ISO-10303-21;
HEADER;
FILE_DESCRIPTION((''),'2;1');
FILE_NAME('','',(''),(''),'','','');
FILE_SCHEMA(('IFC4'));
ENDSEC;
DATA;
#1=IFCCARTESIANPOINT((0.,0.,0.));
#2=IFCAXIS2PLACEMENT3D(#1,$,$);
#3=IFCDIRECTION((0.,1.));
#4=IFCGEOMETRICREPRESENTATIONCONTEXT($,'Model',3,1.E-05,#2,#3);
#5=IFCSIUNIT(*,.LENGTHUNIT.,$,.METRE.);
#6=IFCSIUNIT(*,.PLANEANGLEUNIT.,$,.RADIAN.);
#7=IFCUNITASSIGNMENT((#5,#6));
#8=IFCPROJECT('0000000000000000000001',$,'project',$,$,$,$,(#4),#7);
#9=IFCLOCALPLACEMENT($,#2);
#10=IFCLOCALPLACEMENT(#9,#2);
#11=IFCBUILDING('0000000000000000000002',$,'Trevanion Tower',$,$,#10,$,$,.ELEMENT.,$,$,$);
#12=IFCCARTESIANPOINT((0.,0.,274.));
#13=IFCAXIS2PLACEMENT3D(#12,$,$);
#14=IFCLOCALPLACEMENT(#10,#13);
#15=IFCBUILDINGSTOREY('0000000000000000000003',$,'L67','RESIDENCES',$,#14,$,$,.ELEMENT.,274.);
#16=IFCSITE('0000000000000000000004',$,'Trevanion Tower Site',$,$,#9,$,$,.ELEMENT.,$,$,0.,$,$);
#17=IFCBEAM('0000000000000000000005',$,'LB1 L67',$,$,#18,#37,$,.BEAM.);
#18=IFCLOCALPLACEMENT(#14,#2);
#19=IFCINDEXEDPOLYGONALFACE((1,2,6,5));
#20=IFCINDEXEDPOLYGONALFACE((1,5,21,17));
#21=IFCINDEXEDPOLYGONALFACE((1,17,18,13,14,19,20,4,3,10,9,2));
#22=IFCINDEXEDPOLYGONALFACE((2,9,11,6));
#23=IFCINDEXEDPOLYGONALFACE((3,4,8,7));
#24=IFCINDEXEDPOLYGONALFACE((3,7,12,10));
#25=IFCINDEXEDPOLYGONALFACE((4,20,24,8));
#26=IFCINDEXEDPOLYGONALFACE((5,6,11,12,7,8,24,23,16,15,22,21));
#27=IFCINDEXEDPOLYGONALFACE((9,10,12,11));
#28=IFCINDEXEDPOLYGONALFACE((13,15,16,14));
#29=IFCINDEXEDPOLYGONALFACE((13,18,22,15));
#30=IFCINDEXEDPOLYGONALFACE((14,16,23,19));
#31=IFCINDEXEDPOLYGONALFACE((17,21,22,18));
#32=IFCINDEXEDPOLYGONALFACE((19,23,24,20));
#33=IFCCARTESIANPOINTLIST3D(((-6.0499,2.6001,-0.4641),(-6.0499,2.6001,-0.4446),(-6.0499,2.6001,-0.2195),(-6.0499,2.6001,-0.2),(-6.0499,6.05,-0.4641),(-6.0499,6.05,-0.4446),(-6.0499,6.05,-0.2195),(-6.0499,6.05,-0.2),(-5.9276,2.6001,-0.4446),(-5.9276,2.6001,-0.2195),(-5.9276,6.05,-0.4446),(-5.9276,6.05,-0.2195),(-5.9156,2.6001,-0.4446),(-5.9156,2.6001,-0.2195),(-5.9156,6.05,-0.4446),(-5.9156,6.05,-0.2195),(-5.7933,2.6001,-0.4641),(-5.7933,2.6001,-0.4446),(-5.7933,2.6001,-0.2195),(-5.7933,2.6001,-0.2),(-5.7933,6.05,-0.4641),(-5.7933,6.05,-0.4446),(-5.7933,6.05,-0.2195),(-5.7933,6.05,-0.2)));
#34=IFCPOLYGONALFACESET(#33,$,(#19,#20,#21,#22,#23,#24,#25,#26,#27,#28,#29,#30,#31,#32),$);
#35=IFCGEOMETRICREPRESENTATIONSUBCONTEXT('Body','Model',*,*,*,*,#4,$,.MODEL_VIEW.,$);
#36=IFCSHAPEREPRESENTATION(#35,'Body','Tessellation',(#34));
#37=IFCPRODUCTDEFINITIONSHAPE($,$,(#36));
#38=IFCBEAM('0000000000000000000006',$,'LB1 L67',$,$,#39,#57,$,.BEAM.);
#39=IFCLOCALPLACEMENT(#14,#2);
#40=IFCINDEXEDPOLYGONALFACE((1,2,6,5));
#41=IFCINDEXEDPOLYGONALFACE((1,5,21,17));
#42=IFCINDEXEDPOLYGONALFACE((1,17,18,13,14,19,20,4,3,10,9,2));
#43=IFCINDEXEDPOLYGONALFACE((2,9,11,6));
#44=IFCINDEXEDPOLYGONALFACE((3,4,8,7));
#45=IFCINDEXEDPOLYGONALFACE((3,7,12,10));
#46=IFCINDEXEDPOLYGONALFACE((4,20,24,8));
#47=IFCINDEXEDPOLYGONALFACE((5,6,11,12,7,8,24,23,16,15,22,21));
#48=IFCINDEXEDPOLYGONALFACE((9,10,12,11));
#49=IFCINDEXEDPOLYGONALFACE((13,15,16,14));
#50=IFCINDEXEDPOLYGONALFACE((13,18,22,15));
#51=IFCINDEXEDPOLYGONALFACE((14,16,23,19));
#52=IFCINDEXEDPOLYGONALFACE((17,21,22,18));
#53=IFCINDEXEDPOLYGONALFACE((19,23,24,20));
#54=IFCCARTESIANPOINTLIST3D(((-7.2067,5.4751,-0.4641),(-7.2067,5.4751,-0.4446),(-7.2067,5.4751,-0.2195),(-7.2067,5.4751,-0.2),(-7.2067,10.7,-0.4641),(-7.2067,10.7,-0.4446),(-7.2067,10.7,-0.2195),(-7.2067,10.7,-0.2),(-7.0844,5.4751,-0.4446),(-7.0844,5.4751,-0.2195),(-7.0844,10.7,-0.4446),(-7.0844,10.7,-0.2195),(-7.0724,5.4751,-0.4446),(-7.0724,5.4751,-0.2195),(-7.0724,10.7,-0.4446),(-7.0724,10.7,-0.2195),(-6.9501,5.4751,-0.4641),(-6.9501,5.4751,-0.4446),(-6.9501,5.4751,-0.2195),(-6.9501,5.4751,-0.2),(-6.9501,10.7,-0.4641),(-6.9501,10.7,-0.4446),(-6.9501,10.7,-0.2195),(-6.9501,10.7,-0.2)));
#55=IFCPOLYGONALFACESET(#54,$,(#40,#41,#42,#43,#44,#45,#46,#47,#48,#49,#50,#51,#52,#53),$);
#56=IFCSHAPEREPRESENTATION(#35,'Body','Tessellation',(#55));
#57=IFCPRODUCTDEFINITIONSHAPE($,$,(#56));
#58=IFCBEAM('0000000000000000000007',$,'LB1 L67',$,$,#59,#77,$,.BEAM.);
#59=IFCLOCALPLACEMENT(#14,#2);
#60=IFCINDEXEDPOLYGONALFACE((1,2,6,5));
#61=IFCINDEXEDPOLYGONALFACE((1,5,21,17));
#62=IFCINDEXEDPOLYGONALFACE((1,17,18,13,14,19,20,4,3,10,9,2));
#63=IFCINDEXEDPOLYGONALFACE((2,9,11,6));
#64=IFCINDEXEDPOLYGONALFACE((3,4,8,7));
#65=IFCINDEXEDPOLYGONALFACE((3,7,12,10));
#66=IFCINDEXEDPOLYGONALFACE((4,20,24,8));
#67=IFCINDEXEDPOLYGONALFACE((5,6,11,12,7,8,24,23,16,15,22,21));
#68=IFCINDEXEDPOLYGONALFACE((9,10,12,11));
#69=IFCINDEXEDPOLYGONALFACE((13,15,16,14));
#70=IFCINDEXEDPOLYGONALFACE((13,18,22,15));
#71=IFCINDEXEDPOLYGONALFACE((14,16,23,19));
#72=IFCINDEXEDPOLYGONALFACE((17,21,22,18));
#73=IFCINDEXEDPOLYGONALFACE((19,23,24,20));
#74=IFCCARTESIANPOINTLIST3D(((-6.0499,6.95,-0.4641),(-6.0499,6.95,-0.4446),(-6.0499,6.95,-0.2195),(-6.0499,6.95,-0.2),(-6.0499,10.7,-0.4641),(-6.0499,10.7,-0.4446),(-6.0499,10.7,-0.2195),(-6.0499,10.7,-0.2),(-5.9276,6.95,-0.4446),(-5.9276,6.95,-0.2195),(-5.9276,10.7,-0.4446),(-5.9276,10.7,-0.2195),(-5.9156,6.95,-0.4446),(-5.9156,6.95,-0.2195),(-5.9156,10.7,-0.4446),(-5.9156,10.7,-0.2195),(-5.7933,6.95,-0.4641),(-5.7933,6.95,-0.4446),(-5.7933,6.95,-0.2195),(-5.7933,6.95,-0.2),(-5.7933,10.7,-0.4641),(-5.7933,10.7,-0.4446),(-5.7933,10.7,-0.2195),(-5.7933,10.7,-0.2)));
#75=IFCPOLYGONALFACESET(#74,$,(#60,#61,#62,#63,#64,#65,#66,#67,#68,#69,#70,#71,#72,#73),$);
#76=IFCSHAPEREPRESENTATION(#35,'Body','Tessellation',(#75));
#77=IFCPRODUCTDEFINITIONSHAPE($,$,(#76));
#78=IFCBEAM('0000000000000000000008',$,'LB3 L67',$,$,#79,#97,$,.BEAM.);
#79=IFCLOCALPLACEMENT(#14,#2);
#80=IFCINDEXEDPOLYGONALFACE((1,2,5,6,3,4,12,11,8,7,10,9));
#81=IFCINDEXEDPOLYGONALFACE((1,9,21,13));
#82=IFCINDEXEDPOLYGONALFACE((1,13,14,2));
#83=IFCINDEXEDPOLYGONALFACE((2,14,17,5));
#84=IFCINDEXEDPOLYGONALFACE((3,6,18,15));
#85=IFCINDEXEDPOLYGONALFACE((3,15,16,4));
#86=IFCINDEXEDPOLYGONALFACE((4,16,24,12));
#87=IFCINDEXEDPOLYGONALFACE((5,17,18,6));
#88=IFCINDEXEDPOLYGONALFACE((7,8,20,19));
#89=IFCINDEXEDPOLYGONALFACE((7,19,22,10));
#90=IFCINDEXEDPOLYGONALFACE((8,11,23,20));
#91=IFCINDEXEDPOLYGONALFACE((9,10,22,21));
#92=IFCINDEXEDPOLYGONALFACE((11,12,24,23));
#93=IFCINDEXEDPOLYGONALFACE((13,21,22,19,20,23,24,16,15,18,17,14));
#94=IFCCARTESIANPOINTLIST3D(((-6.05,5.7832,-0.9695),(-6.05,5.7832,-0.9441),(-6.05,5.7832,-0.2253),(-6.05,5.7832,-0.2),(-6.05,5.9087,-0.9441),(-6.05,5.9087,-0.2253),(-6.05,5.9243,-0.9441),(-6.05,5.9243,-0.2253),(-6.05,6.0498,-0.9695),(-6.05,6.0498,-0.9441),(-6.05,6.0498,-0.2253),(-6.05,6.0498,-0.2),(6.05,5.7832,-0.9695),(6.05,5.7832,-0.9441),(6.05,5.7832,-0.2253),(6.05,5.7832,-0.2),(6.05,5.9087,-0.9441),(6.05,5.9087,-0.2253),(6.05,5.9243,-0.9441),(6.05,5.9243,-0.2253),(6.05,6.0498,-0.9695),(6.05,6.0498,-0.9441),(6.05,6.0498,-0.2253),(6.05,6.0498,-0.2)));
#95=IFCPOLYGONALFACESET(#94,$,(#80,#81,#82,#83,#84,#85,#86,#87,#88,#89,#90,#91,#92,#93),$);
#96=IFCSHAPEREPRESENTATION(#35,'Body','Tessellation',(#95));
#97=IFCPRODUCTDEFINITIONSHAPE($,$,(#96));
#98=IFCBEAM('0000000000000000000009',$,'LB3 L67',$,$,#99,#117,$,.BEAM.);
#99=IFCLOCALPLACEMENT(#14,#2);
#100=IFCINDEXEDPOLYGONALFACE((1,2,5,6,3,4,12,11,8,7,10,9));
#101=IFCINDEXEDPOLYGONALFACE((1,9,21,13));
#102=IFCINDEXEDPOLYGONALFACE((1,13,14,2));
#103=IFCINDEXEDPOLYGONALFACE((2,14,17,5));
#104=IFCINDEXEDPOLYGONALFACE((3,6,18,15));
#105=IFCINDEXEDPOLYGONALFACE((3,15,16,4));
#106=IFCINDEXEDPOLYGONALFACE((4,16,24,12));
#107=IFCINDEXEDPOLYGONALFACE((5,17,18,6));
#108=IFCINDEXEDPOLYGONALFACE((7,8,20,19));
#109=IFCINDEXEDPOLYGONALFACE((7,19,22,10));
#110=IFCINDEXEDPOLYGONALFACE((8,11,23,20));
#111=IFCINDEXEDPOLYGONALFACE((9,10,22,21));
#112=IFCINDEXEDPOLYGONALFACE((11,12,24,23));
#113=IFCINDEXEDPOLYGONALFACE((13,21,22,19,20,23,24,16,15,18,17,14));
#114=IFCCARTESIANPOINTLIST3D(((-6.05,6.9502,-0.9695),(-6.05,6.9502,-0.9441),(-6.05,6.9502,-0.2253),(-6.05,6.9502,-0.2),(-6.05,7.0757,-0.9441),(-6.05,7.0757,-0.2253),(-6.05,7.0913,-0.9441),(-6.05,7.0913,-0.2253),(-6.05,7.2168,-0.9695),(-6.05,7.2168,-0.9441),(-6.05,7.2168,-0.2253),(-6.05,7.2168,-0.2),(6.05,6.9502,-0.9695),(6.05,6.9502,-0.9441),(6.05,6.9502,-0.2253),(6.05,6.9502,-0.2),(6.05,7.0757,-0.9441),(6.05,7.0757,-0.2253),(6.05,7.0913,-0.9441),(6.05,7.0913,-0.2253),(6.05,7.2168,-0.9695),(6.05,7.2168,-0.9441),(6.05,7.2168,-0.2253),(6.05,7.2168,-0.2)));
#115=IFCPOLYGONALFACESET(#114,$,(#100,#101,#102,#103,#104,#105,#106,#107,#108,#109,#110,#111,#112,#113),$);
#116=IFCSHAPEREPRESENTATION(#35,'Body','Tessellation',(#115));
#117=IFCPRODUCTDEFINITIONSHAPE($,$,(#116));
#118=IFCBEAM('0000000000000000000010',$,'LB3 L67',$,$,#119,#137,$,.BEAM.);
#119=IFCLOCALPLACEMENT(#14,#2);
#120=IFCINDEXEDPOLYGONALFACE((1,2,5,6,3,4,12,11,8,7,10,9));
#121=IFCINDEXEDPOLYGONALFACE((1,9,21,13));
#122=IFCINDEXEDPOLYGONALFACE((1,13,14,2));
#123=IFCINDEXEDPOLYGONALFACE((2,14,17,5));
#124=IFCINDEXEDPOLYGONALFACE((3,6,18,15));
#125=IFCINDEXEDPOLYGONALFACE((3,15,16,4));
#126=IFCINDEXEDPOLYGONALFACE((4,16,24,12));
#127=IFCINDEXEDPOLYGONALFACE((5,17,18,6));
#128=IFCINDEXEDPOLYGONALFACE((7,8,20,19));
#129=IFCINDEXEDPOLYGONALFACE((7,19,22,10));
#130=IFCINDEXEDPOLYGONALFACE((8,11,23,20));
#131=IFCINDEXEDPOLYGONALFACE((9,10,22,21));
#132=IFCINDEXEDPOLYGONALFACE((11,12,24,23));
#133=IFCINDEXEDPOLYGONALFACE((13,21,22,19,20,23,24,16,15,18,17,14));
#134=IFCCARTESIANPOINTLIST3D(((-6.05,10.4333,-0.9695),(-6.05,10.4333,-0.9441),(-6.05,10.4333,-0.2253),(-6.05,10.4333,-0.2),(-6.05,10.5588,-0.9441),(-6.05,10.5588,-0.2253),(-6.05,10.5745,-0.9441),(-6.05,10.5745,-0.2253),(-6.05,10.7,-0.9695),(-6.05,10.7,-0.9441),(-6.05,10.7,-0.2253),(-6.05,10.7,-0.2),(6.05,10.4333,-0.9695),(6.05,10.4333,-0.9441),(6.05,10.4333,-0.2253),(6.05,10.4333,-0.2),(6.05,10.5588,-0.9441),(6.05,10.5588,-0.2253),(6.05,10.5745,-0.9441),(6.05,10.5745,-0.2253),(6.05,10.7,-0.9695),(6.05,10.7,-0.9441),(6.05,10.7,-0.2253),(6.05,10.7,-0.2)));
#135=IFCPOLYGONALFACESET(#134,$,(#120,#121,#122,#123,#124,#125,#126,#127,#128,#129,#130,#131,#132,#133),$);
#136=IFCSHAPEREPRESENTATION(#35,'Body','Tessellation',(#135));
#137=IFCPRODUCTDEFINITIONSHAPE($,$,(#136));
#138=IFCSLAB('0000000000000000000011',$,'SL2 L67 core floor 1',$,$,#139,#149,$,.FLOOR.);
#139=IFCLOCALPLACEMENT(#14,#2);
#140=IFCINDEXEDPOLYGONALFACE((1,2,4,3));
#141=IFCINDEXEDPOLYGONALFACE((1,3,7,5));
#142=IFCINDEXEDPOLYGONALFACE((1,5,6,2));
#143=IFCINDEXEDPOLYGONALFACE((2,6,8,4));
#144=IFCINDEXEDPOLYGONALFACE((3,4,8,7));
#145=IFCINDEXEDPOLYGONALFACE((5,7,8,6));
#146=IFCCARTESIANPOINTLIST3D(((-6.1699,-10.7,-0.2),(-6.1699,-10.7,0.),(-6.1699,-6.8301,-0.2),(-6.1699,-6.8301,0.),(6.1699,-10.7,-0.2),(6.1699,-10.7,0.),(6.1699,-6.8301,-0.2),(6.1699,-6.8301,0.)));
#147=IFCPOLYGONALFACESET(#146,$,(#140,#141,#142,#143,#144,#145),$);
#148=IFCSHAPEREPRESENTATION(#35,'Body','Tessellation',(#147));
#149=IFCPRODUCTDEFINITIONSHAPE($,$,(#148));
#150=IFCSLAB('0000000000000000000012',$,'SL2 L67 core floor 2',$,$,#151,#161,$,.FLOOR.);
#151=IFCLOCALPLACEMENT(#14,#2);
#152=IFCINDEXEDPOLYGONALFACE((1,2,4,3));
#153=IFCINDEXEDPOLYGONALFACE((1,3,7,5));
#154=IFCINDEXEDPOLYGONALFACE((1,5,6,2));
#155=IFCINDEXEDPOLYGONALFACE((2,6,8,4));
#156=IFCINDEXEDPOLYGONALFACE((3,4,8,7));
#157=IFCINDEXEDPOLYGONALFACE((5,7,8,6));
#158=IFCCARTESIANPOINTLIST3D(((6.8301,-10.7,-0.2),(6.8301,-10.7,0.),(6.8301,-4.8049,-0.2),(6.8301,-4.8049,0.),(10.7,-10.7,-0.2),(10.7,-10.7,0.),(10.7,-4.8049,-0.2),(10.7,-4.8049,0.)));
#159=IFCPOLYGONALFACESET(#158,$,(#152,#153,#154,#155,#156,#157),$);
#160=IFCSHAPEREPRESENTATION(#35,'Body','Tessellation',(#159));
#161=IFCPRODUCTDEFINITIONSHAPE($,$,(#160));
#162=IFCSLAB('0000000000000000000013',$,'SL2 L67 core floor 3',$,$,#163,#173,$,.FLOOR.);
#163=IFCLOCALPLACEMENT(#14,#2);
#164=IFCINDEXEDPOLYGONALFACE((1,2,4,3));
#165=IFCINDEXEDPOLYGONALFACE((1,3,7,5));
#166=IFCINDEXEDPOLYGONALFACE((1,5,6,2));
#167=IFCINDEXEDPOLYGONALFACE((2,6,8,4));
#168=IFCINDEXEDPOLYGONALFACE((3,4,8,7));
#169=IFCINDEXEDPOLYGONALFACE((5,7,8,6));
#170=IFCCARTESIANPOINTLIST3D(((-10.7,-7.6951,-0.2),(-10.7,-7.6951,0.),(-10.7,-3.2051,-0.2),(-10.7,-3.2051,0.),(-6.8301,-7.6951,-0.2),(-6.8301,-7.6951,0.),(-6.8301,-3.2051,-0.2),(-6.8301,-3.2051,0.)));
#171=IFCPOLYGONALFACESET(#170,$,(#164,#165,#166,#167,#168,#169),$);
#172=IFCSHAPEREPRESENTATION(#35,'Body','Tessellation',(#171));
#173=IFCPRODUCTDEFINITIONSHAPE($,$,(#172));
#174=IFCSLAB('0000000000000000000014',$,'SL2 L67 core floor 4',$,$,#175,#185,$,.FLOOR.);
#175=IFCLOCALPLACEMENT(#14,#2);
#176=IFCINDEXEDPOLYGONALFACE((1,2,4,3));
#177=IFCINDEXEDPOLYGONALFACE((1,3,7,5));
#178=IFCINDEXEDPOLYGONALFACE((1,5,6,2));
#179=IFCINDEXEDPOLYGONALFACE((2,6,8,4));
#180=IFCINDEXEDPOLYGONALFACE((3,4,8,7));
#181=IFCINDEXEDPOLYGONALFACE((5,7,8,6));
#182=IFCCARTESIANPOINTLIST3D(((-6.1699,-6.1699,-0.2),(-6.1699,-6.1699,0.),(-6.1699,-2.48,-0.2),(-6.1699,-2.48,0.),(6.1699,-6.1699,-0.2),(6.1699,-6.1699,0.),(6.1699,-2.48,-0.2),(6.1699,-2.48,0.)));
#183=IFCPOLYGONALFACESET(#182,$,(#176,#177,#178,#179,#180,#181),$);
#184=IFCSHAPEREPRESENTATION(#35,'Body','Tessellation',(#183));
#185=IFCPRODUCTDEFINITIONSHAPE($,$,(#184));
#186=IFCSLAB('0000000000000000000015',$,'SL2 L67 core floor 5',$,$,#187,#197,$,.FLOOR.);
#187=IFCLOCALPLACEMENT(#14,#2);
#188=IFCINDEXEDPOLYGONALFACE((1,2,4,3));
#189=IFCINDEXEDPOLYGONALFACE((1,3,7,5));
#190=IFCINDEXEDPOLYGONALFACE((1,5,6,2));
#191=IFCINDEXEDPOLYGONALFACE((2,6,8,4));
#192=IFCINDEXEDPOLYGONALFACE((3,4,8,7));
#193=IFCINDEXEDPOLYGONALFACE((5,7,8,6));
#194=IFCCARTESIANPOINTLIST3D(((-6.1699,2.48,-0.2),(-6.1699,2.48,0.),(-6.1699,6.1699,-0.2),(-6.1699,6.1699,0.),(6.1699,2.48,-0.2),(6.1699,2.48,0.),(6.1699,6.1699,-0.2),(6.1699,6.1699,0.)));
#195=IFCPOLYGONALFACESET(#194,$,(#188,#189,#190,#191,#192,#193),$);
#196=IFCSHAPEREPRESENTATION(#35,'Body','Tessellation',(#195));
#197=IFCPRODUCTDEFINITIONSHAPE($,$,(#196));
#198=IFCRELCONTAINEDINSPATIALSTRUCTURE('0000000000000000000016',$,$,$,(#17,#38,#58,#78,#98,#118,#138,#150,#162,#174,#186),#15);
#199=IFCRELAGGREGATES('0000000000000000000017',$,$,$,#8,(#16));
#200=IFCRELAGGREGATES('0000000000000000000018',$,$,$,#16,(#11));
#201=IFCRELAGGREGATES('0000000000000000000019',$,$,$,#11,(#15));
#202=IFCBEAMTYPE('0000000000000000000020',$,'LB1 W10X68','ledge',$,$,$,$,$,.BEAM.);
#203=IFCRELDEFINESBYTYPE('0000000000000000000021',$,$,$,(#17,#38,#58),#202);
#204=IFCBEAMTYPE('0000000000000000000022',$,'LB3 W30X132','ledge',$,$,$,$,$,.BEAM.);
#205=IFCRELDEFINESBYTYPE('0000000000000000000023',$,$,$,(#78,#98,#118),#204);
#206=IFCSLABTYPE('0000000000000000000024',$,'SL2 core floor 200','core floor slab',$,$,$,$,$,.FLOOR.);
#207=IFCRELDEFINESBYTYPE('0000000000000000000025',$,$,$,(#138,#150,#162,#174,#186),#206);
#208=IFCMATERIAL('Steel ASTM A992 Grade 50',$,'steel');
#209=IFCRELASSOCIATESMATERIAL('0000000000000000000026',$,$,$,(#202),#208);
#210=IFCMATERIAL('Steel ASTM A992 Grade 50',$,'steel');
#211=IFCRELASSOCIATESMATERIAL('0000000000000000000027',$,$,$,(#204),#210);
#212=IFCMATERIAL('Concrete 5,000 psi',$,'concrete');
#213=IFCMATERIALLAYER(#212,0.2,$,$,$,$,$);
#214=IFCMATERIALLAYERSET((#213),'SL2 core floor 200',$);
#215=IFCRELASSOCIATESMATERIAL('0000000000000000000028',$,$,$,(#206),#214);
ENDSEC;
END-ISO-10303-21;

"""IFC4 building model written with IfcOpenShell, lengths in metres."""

from ifc_helpers import new_model, si_unit, direction, frame, origin, origin_2d, place, context, subcontext, project, spatial, polyline, i_section, outline, extrude, material, layer, layer_set, material_profile, profile_set, type_object, element, save


model = new_model("IFC4")

# Units and contexts
model_context = context("Model", 3, precision=1e-05, world=origin(), true_north=direction((0.0, 1.0)))
body_context = subcontext(model_context, "Body", "Model", "MODEL_VIEW")
ifc_project = project(units=[si_unit("LENGTHUNIT", "METRE"), si_unit("PLANEANGLEUNIT", "RADIAN")], contexts=[model_context])

# Site, building, storey
site_placement = place(None, origin())
site = spatial("IfcSite", under=ifc_project, at=site_placement, Name="Trevanion Tower Site", CompositionType="ELEMENT", RefElevation=0.0)
building_placement = place(site_placement, origin())
building = spatial("IfcBuilding", under=site, at=building_placement, Name="Trevanion Tower", CompositionType="ELEMENT")
storey_placement = place(building_placement, frame((0.0, 0.0, 274.0)))
storey = spatial("IfcBuildingStorey", under=building, at=storey_placement, Name="L67", Description="RESIDENCES", CompositionType="ELEMENT", Elevation=274.0)

# Beams
ifc_material_1 = material(Name="Steel ASTM A992 Grade 50", Category="steel")
ifc_material_profile_1 = material_profile(ifc_material_1, i_section(OverallWidth=0.2566, OverallDepth=0.2642, WebThickness=0.012, FlangeThickness=0.0195, at=origin_2d()), Name="W10X68")
ifc_profile_set_1 = profile_set([ifc_material_profile_1], Name="Steel ASTM A992 Grade 50")
beam_type_1 = type_object("IfcBeamType", Name="LB1 W10X68", Description="ledge", PredefinedType="BEAM", material=ifc_profile_set_1)
beam_1_placement = place(storey_placement, frame((-5.9216, 2.6001, -0.332), z_axis=(0.0, 1.0, 0.0), x_axis=(-1.0, 0.0, 0.0)))
element("IfcBeam", 1, at=beam_1_placement, inside=storey, type_object=beam_type_1, Name="LB1 L67", PredefinedType="BEAM", context=body_context, shape_type="SweptSolid", body=[
    extrude(i_section(OverallWidth=0.2566, OverallDepth=0.2642, WebThickness=0.012, FlangeThickness=0.0195, at=origin_2d()), origin(), (0.0, 0.0, 1.0), 3.45),
])
beam_2_placement = place(storey_placement, frame((-7.0784, 5.4751, -0.332), z_axis=(0.0, 1.0, 0.0), x_axis=(-1.0, 0.0, 0.0)))
element("IfcBeam", 2, at=beam_2_placement, inside=storey, type_object=beam_type_1, Name="LB1 L67", PredefinedType="BEAM", context=body_context, shape_type="SweptSolid", body=[
    extrude(i_section(OverallWidth=0.2566, OverallDepth=0.2642, WebThickness=0.012, FlangeThickness=0.0195, at=origin_2d()), origin(), (0.0, 0.0, 1.0), 5.2249),
])
beam_3_placement = place(storey_placement, frame((-5.9216, 6.95, -0.332), z_axis=(0.0, 1.0, 0.0), x_axis=(-1.0, 0.0, 0.0)))
element("IfcBeam", 3, at=beam_3_placement, inside=storey, type_object=beam_type_1, Name="LB1 L67", PredefinedType="BEAM", context=body_context, shape_type="SweptSolid", body=[
    extrude(i_section(OverallWidth=0.2566, OverallDepth=0.2642, WebThickness=0.012, FlangeThickness=0.0195, at=origin_2d()), origin(), (0.0, 0.0, 1.0), 3.75),
])
ifc_material_2 = material(Name="Steel ASTM A992 Grade 50", Category="steel")
ifc_material_profile_2 = material_profile(ifc_material_2, i_section(OverallWidth=0.2666, OverallDepth=0.7695, WebThickness=0.0156, FlangeThickness=0.0254, at=origin_2d()), Name="W30X132")
ifc_profile_set_2 = profile_set([ifc_material_profile_2], Name="Steel ASTM A992 Grade 50")
beam_type_2 = type_object("IfcBeamType", Name="LB3 W30X132", Description="ledge", PredefinedType="BEAM", material=ifc_profile_set_2)
for number, where, z_axis, x_axis, name in (
    (4, (-6.05, 5.9165, -0.5847), (1.0, 0.0, 0.0), (0.0, 1.0, 0.0), "LB3 L67"),
    (5, (-6.05, 7.0835, -0.5847), (1.0, 0.0, 0.0), (0.0, 1.0, 0.0), "LB3 L67"),
    (6, (-6.05, 10.5667, -0.5847), (1.0, 0.0, 0.0), (0.0, 1.0, 0.0), "LB3 L67"),
):
    element("IfcBeam", number, at=place(storey_placement, frame(where, z_axis=z_axis, x_axis=x_axis)), inside=storey, type_object=beam_type_2, Name=name, PredefinedType="BEAM", context=body_context, shape_type="SweptSolid", body=[
        extrude(i_section(OverallWidth=0.2666, OverallDepth=0.7695, WebThickness=0.0156, FlangeThickness=0.0254, at=origin_2d()), origin(), (0.0, 0.0, 1.0), 12.1001),
    ])

# Slabs
ifc_material_3 = material(Name="Concrete 5,000 psi", Category="concrete")
ifc_layer_1 = layer(ifc_material_3, 0.2)
ifc_layer_set_1 = layer_set([ifc_layer_1], Name="SL2 core floor 200")
slab_type = type_object("IfcSlabType", Name="SL2 core floor 200", Description="core floor slab", PredefinedType="FLOOR", material=ifc_layer_set_1)
slab_1_placement = place(storey_placement, frame((0.0, 0.0, -0.2)))
element("IfcSlab", 7, at=slab_1_placement, inside=storey, type_object=slab_type, Name="SL2 L67 core floor 1", PredefinedType="FLOOR", context=body_context, shape_type="SweptSolid", body=[
    extrude(outline(polyline([(6.1699, -10.7), (-6.1699, -10.7), (-6.1699, -6.8301), (6.1699, -6.8301), (6.1699, -10.7)])), origin(), (0.0, 0.0, 1.0), 0.2),
])
slab_2_placement = place(storey_placement, frame((0.0, 0.0, -0.2)))
element("IfcSlab", 8, at=slab_2_placement, inside=storey, type_object=slab_type, Name="SL2 L67 core floor 2", PredefinedType="FLOOR", context=body_context, shape_type="SweptSolid", body=[
    extrude(outline(polyline([(6.8301, -4.8049), (10.7, -4.8049), (10.7, -10.7), (6.8301, -10.7), (6.8301, -4.8049)])), origin(), (0.0, 0.0, 1.0), 0.2),
])
slab_3_placement = place(storey_placement, frame((0.0, 0.0, -0.2)))
element("IfcSlab", 9, at=slab_3_placement, inside=storey, type_object=slab_type, Name="SL2 L67 core floor 3", PredefinedType="FLOOR", context=body_context, shape_type="SweptSolid", body=[
    extrude(outline(polyline([(-6.8301, -3.2051), (-6.8301, -7.6951), (-10.7, -7.6951), (-10.7, -3.2051), (-6.8301, -3.2051)])), origin(), (0.0, 0.0, 1.0), 0.2),
])
slab_4_placement = place(storey_placement, frame((0.0, 0.0, -0.2)))
element("IfcSlab", 10, at=slab_4_placement, inside=storey, type_object=slab_type, Name="SL2 L67 core floor 4", PredefinedType="FLOOR", context=body_context, shape_type="SweptSolid", body=[
    extrude(outline(polyline([(6.1699, -6.1699), (-6.1699, -6.1699), (-6.1699, -2.48), (6.1699, -2.48), (6.1699, -6.1699)])), origin(), (0.0, 0.0, 1.0), 0.2),
])
slab_5_placement = place(storey_placement, frame((0.0, 0.0, -0.2)))
element("IfcSlab", 11, at=slab_5_placement, inside=storey, type_object=slab_type, Name="SL2 L67 core floor 5", PredefinedType="FLOOR", context=body_context, shape_type="SweptSolid", body=[
    extrude(outline(polyline([(6.1699, 2.48), (-6.1699, 2.48), (-6.1699, 6.1699), (6.1699, 6.1699), (6.1699, 2.48)])), origin(), (0.0, 0.0, 1.0), 0.2),
])

save(model, "model.ifc")
